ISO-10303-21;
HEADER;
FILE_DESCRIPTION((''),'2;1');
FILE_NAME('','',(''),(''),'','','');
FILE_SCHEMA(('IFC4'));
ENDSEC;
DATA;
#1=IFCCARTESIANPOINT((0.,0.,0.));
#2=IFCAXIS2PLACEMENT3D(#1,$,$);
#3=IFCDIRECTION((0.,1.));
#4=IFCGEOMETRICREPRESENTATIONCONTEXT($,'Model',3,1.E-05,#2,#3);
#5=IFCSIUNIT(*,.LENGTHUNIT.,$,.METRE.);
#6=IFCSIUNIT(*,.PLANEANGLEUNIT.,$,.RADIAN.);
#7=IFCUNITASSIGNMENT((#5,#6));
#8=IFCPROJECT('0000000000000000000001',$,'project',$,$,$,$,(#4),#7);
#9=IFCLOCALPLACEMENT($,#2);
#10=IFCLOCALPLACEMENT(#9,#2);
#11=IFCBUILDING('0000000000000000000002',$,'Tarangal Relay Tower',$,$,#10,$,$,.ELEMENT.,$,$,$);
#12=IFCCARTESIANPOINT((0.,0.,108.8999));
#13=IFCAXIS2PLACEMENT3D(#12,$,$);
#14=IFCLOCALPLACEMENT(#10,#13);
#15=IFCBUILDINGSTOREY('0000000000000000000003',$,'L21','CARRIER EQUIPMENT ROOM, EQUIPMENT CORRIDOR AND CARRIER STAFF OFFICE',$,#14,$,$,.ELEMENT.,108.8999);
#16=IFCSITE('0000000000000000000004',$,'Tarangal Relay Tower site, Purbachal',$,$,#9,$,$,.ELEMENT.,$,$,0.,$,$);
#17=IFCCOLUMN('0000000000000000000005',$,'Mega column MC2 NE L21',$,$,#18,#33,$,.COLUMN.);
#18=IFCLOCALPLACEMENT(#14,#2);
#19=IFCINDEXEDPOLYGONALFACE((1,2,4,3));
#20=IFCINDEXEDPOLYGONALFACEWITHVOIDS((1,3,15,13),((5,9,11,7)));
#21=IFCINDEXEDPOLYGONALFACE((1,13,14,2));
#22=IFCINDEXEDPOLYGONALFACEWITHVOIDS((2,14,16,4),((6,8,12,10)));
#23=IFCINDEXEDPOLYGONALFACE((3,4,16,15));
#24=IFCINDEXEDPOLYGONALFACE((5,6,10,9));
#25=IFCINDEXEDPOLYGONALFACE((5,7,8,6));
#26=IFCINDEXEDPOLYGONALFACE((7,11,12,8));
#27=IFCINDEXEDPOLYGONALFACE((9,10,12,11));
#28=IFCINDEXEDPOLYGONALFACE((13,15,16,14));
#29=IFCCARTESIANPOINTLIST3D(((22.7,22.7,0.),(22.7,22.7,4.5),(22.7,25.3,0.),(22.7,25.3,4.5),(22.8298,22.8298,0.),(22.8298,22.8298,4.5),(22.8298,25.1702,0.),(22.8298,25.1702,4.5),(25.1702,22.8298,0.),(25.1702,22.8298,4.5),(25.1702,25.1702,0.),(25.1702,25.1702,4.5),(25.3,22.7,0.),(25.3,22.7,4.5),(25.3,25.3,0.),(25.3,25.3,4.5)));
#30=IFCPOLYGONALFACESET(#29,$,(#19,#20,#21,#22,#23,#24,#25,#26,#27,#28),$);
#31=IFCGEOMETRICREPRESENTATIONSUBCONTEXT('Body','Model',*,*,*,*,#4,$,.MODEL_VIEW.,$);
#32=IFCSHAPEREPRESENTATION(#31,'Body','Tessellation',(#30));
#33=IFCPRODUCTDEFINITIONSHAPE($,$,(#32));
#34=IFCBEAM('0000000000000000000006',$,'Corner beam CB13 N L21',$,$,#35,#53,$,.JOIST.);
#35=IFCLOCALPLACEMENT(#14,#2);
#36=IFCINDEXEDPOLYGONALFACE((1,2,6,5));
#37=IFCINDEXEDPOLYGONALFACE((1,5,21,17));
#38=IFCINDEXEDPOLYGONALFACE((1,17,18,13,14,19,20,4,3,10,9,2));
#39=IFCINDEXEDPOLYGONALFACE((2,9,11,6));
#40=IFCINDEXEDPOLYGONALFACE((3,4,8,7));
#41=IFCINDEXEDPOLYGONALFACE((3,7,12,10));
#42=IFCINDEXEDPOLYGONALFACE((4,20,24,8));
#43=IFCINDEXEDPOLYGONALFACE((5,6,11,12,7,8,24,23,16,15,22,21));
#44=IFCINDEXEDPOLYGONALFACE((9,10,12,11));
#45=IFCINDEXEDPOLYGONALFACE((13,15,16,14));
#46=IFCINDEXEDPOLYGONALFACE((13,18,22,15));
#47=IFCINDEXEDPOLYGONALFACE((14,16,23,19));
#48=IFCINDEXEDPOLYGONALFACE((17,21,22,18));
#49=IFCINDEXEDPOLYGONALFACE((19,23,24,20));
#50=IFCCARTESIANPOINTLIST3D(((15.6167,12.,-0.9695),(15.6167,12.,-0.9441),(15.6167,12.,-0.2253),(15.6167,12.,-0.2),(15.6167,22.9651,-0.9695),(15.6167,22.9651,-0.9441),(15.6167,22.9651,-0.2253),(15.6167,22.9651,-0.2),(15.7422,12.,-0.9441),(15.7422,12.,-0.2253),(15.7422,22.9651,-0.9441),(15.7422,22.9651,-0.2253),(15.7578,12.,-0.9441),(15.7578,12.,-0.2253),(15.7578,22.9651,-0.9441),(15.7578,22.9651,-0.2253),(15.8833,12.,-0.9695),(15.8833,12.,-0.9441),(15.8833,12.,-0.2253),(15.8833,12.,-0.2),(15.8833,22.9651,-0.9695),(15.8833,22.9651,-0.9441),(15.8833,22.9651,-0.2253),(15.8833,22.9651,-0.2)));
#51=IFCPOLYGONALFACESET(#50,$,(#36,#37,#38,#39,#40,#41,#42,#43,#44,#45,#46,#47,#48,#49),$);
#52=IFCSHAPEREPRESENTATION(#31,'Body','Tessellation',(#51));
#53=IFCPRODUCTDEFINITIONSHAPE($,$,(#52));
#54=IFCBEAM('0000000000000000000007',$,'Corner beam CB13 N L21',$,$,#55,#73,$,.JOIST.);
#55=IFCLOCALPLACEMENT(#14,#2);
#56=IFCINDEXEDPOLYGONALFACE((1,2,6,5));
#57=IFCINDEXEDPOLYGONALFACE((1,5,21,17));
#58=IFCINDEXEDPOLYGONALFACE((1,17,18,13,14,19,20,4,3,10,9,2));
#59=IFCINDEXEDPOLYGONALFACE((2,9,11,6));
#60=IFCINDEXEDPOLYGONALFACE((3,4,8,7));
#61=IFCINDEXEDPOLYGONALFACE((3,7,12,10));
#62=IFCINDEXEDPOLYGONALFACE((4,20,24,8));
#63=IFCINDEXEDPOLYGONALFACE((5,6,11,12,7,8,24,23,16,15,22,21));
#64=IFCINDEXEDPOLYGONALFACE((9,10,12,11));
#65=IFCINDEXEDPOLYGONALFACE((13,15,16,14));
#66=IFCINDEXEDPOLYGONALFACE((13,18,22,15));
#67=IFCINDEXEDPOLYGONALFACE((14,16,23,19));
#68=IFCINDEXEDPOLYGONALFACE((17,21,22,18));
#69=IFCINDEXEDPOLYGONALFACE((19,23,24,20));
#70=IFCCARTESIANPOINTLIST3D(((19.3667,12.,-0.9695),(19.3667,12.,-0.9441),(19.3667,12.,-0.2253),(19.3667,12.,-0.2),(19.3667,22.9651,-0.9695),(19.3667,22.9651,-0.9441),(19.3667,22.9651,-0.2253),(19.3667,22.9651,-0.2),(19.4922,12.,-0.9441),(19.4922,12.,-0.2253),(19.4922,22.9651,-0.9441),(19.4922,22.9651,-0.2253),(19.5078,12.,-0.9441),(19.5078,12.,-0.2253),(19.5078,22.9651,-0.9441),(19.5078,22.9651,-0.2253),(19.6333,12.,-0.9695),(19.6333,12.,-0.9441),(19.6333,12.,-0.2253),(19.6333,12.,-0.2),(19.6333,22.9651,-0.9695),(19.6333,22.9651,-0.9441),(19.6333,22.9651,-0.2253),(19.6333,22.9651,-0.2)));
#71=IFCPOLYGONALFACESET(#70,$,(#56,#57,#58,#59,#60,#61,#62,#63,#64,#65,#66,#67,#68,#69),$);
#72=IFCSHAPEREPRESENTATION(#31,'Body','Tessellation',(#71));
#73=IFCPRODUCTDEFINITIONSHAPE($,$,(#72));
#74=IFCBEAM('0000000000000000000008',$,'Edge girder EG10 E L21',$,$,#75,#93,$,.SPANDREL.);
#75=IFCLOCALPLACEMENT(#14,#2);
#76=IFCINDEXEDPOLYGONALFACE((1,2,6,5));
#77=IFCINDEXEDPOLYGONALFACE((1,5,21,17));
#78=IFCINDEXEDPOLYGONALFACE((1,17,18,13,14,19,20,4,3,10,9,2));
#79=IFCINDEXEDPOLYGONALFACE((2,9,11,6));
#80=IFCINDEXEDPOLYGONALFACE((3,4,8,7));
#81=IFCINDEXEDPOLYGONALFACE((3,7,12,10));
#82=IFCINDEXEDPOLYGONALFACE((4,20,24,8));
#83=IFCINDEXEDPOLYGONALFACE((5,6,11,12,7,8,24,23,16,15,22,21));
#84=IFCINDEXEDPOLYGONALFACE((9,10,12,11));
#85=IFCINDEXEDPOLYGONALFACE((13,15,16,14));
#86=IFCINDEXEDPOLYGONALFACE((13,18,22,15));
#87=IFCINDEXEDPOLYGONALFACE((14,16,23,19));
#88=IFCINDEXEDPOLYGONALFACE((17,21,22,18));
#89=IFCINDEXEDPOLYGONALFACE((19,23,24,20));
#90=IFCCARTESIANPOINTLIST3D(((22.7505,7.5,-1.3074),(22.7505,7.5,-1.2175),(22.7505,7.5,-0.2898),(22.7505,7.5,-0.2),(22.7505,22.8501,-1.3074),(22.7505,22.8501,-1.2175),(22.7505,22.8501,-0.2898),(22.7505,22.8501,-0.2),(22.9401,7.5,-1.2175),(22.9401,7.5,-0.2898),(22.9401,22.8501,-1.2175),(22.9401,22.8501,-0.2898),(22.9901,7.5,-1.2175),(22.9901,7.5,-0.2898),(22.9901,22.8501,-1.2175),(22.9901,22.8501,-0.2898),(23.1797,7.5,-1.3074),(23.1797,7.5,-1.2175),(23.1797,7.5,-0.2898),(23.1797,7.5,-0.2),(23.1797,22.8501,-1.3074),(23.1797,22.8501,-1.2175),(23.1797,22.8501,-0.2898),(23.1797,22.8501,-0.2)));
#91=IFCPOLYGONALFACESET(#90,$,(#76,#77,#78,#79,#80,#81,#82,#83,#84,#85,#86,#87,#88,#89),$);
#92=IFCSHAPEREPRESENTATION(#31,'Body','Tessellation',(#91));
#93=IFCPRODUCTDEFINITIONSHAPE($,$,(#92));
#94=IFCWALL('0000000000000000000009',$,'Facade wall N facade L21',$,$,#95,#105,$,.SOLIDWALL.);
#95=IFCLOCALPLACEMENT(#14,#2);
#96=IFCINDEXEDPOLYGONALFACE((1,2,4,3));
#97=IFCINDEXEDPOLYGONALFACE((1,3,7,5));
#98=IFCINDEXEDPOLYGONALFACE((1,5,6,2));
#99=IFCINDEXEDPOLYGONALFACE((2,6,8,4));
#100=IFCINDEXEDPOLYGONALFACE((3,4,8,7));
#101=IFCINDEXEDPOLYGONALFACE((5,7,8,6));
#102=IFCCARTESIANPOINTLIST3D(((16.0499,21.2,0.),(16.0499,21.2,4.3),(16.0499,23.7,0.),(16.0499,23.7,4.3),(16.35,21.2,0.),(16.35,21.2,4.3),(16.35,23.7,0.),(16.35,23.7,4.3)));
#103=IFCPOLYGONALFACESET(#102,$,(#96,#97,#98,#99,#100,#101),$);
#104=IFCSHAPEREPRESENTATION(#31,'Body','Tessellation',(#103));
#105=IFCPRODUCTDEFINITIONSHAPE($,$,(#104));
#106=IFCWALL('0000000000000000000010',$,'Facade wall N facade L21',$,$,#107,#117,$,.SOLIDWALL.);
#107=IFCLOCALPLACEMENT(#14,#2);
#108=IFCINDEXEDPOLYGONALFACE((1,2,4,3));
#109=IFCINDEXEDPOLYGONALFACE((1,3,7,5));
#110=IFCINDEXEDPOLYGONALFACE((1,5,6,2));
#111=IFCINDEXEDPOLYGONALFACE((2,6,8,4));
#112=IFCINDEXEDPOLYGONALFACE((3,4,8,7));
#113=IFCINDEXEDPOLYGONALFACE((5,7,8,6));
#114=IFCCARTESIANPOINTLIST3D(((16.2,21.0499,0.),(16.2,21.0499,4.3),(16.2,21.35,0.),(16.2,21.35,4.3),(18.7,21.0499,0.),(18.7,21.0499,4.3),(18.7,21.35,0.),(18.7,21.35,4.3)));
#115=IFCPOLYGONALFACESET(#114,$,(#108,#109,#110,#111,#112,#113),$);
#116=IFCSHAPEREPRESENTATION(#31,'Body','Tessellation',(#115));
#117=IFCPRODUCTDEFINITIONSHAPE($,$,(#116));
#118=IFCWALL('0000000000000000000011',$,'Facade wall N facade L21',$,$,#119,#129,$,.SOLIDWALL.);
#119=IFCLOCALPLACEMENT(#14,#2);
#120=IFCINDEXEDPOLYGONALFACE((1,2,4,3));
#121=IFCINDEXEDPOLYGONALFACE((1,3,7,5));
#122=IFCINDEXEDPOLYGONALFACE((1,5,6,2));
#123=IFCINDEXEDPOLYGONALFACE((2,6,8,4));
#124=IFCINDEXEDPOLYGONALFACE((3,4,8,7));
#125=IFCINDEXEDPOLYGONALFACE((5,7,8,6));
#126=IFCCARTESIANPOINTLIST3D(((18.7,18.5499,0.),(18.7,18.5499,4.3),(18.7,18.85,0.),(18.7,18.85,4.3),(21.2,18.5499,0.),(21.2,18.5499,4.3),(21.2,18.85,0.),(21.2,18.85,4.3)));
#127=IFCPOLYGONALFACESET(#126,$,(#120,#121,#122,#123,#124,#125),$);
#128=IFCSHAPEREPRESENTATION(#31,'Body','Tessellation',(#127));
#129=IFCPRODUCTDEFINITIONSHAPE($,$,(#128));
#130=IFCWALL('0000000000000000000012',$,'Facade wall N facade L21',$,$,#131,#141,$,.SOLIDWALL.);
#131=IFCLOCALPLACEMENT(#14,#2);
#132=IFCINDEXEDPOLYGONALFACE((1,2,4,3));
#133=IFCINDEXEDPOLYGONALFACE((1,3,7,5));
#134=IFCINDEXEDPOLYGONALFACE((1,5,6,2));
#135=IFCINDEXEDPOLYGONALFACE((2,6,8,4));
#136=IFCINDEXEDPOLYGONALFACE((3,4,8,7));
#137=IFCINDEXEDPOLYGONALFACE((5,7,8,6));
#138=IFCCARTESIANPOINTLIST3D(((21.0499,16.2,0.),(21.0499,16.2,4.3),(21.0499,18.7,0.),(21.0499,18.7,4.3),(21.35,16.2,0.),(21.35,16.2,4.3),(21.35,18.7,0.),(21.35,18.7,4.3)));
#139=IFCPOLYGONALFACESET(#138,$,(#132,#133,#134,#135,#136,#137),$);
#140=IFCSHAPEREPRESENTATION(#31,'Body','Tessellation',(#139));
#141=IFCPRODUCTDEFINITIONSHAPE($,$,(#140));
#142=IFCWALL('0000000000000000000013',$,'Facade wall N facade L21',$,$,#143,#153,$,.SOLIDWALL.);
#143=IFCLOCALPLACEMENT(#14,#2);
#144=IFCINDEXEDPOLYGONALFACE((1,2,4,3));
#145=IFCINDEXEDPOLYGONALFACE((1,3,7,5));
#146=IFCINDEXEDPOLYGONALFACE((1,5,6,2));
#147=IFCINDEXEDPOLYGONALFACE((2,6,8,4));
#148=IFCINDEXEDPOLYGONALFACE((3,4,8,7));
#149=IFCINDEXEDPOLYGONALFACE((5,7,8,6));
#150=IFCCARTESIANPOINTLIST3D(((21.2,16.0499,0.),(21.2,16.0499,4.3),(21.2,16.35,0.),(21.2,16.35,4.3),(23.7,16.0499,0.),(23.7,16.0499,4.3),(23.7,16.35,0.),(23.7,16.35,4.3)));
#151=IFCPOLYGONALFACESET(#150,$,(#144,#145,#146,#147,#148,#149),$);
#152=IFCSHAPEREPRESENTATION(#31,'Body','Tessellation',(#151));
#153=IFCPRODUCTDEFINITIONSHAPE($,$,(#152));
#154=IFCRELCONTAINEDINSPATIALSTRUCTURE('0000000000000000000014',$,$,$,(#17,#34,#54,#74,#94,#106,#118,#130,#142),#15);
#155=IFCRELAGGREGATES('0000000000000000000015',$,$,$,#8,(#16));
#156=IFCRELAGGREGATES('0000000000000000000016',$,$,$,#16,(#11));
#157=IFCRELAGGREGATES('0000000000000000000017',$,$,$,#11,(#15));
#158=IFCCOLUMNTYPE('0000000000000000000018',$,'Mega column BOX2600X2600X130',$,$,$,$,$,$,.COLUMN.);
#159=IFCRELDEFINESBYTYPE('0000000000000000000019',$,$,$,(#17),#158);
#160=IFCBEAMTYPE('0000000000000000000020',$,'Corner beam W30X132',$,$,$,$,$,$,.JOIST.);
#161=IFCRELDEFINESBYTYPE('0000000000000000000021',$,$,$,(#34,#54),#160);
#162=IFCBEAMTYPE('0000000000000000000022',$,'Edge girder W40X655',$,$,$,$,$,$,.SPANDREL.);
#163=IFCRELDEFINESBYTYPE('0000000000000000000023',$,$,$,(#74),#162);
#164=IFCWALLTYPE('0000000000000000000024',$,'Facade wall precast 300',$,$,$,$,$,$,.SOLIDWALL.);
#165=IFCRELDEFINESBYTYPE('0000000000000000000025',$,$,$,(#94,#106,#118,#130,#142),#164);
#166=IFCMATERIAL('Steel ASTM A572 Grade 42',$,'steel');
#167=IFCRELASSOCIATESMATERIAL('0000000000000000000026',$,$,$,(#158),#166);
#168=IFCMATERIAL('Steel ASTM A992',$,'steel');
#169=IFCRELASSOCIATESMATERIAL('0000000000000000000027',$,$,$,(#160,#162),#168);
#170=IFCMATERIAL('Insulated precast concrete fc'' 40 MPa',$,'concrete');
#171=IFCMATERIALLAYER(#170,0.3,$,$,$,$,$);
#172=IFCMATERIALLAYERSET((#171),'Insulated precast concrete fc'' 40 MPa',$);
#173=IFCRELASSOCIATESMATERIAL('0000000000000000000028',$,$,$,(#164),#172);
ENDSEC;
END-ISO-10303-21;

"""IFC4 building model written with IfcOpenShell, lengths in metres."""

from ifc_helpers import new_model, si_unit, direction, frame, frame_2d, origin, origin_2d, place, context, subcontext, project, spatial, rectangle, hollow_rectangle, i_section, extrude, material, layer, layer_set, material_profile, profile_set, type_object, element, save


model = new_model("IFC4")

# Units and contexts
model_context = context("Model", 3, precision=1e-05, world=origin(), true_north=direction((0.0, 1.0)))
body_context = subcontext(model_context, "Body", "Model", "MODEL_VIEW")
ifc_project = project(units=[si_unit("LENGTHUNIT", "METRE"), si_unit("PLANEANGLEUNIT", "RADIAN")], contexts=[model_context])

# Site, building, storey
site_placement = place(None, origin())
site = spatial("IfcSite", under=ifc_project, at=site_placement, Name="Tarangal Relay Tower site, Purbachal", CompositionType="ELEMENT", RefElevation=0.0)
building_placement = place(site_placement, origin())
building = spatial("IfcBuilding", under=site, at=building_placement, Name="Tarangal Relay Tower", CompositionType="ELEMENT")
storey_placement = place(building_placement, frame((0.0, 0.0, 108.8999)))
storey = spatial("IfcBuildingStorey", under=building, at=storey_placement, Name="L21", Description="CARRIER EQUIPMENT ROOM, EQUIPMENT CORRIDOR AND CARRIER STAFF OFFICE", CompositionType="ELEMENT", Elevation=108.8999)

# Column
ifc_material_1 = material(Name="Steel ASTM A572 Grade 42", Category="steel")
ifc_material_profile_1 = material_profile(ifc_material_1, hollow_rectangle(XDim=2.6001, YDim=2.6001, WallThickness=0.1299, at=origin_2d()), Name="BOX2600X2600X130")
ifc_profile_set_1 = profile_set([ifc_material_profile_1], Name="Steel ASTM A572 Grade 42")
column_type = type_object("IfcColumnType", Name="Mega column BOX2600X2600X130", PredefinedType="COLUMN", material=ifc_profile_set_1)
column_placement = place(storey_placement, frame((24.0, 24.0, 0.0), z_axis=(0.0, 0.0, 1.0), x_axis=(1.0, 0.0, 0.0)))
element("IfcColumn", 1, at=column_placement, inside=storey, type_object=column_type, Name="Mega column MC2 NE L21", PredefinedType="COLUMN", context=body_context, shape_type="SweptSolid", body=[
    extrude(hollow_rectangle(XDim=2.6001, YDim=2.6001, WallThickness=0.1299, at=origin_2d()), origin(), (0.0, 0.0, 1.0), 4.5),
])

# Beams
ifc_material_2 = material(Name="Steel ASTM A992", Category="steel")
ifc_material_profile_2 = material_profile(ifc_material_2, i_section(OverallWidth=0.2666, OverallDepth=0.7695, WebThickness=0.0156, FlangeThickness=0.0254, at=origin_2d()), Name="W30X132")
ifc_profile_set_2 = profile_set([ifc_material_profile_2], Name="Steel ASTM A992")
beam_type_1 = type_object("IfcBeamType", Name="Corner beam W30X132", PredefinedType="JOIST", material=ifc_profile_set_2)
for number, where, z_axis, x_axis, name in (
    (2, (15.75, 12.0, -0.5847), (0.0, 1.0, 0.0), (-1.0, 0.0, 0.0), "Corner beam CB13 N L21"),
    (3, (19.5, 12.0, -0.5847), (0.0, 1.0, 0.0), (-1.0, 0.0, 0.0), "Corner beam CB13 N L21"),
):
    element("IfcBeam", number, at=place(storey_placement, frame(where, z_axis=z_axis, x_axis=x_axis)), inside=storey, type_object=beam_type_1, Name=name, PredefinedType="JOIST", context=body_context, shape_type="SweptSolid", body=[
        extrude(i_section(OverallWidth=0.2666, OverallDepth=0.7695, WebThickness=0.0156, FlangeThickness=0.0254, at=origin_2d()), origin(), (0.0, 0.0, 1.0), 10.9651),
    ])
ifc_material_profile_3 = material_profile(ifc_material_2, i_section(OverallWidth=0.4292, OverallDepth=1.1074, WebThickness=0.05, FlangeThickness=0.0898, at=origin_2d()), Name="W40X655")
ifc_profile_set_3 = profile_set([ifc_material_profile_3], Name="Steel ASTM A992")
beam_type_2 = type_object("IfcBeamType", Name="Edge girder W40X655", PredefinedType="SPANDREL", material=ifc_profile_set_3)
beam_placement = place(storey_placement, frame((22.9651, 22.8501, -0.7537), z_axis=(0.0, -1.0, 0.0), x_axis=(1.0, 0.0, 0.0)))
element("IfcBeam", 4, at=beam_placement, inside=storey, type_object=beam_type_2, Name="Edge girder EG10 E L21", PredefinedType="SPANDREL", context=body_context, shape_type="SweptSolid", body=[
    extrude(i_section(OverallWidth=0.4292, OverallDepth=1.1074, WebThickness=0.05, FlangeThickness=0.0898, at=origin_2d()), origin(), (0.0, 0.0, 1.0), 15.3501),
])

# Walls
ifc_material_3 = material(Name="Insulated precast concrete fc' 40 MPa", Category="concrete")
ifc_layer_1 = layer(ifc_material_3, 0.3)
ifc_layer_set_1 = layer_set([ifc_layer_1], Name="Insulated precast concrete fc' 40 MPa")
wall_type_1 = type_object("IfcWallType", Name="Facade wall precast 300", PredefinedType="SOLIDWALL", material=ifc_layer_set_1)
for number, where, z_axis, x_axis, name in (
    (5, (16.2, 23.7, 0.0), (0.0, 0.0, 1.0), (0.0, -1.0, 0.0), "Facade wall N facade L21"),
    (6, (16.2, 21.2, 0.0), (0.0, 0.0, 1.0), (1.0, 0.0, 0.0), "Facade wall N facade L21"),
):
    element("IfcWall", number, at=place(storey_placement, frame(where, z_axis=z_axis, x_axis=x_axis)), inside=storey, type_object=wall_type_1, Name=name, PredefinedType="SOLIDWALL", context=body_context, shape_type="SweptSolid", body=[
        extrude(rectangle(XDim=2.5, YDim=0.3, at=frame_2d((1.25, 0.0))), origin(), (0.0, 0.0, 1.0), 4.3),
    ])

# Walls
for number, where, z_axis, x_axis, name in (
    (7, (18.7, 18.7, 0.0), (0.0, 0.0, 1.0), (1.0, 0.0, 0.0), "Facade wall N facade L21"),
    (8, (21.2, 18.7, 0.0), (0.0, 0.0, 1.0), (0.0, -1.0, 0.0), "Facade wall N facade L21"),
    (9, (21.2, 16.2, 0.0), (0.0, 0.0, 1.0), (1.0, 0.0, 0.0), "Facade wall N facade L21"),
):
    element("IfcWall", number, at=place(storey_placement, frame(where, z_axis=z_axis, x_axis=x_axis)), inside=storey, type_object=wall_type_1, Name=name, PredefinedType="SOLIDWALL", context=body_context, shape_type="SweptSolid", body=[
        extrude(rectangle(XDim=2.5, YDim=0.3, at=frame_2d((1.25, 0.0))), origin(), (0.0, 0.0, 1.0), 4.3),
    ])

save(model, "model.ifc")
